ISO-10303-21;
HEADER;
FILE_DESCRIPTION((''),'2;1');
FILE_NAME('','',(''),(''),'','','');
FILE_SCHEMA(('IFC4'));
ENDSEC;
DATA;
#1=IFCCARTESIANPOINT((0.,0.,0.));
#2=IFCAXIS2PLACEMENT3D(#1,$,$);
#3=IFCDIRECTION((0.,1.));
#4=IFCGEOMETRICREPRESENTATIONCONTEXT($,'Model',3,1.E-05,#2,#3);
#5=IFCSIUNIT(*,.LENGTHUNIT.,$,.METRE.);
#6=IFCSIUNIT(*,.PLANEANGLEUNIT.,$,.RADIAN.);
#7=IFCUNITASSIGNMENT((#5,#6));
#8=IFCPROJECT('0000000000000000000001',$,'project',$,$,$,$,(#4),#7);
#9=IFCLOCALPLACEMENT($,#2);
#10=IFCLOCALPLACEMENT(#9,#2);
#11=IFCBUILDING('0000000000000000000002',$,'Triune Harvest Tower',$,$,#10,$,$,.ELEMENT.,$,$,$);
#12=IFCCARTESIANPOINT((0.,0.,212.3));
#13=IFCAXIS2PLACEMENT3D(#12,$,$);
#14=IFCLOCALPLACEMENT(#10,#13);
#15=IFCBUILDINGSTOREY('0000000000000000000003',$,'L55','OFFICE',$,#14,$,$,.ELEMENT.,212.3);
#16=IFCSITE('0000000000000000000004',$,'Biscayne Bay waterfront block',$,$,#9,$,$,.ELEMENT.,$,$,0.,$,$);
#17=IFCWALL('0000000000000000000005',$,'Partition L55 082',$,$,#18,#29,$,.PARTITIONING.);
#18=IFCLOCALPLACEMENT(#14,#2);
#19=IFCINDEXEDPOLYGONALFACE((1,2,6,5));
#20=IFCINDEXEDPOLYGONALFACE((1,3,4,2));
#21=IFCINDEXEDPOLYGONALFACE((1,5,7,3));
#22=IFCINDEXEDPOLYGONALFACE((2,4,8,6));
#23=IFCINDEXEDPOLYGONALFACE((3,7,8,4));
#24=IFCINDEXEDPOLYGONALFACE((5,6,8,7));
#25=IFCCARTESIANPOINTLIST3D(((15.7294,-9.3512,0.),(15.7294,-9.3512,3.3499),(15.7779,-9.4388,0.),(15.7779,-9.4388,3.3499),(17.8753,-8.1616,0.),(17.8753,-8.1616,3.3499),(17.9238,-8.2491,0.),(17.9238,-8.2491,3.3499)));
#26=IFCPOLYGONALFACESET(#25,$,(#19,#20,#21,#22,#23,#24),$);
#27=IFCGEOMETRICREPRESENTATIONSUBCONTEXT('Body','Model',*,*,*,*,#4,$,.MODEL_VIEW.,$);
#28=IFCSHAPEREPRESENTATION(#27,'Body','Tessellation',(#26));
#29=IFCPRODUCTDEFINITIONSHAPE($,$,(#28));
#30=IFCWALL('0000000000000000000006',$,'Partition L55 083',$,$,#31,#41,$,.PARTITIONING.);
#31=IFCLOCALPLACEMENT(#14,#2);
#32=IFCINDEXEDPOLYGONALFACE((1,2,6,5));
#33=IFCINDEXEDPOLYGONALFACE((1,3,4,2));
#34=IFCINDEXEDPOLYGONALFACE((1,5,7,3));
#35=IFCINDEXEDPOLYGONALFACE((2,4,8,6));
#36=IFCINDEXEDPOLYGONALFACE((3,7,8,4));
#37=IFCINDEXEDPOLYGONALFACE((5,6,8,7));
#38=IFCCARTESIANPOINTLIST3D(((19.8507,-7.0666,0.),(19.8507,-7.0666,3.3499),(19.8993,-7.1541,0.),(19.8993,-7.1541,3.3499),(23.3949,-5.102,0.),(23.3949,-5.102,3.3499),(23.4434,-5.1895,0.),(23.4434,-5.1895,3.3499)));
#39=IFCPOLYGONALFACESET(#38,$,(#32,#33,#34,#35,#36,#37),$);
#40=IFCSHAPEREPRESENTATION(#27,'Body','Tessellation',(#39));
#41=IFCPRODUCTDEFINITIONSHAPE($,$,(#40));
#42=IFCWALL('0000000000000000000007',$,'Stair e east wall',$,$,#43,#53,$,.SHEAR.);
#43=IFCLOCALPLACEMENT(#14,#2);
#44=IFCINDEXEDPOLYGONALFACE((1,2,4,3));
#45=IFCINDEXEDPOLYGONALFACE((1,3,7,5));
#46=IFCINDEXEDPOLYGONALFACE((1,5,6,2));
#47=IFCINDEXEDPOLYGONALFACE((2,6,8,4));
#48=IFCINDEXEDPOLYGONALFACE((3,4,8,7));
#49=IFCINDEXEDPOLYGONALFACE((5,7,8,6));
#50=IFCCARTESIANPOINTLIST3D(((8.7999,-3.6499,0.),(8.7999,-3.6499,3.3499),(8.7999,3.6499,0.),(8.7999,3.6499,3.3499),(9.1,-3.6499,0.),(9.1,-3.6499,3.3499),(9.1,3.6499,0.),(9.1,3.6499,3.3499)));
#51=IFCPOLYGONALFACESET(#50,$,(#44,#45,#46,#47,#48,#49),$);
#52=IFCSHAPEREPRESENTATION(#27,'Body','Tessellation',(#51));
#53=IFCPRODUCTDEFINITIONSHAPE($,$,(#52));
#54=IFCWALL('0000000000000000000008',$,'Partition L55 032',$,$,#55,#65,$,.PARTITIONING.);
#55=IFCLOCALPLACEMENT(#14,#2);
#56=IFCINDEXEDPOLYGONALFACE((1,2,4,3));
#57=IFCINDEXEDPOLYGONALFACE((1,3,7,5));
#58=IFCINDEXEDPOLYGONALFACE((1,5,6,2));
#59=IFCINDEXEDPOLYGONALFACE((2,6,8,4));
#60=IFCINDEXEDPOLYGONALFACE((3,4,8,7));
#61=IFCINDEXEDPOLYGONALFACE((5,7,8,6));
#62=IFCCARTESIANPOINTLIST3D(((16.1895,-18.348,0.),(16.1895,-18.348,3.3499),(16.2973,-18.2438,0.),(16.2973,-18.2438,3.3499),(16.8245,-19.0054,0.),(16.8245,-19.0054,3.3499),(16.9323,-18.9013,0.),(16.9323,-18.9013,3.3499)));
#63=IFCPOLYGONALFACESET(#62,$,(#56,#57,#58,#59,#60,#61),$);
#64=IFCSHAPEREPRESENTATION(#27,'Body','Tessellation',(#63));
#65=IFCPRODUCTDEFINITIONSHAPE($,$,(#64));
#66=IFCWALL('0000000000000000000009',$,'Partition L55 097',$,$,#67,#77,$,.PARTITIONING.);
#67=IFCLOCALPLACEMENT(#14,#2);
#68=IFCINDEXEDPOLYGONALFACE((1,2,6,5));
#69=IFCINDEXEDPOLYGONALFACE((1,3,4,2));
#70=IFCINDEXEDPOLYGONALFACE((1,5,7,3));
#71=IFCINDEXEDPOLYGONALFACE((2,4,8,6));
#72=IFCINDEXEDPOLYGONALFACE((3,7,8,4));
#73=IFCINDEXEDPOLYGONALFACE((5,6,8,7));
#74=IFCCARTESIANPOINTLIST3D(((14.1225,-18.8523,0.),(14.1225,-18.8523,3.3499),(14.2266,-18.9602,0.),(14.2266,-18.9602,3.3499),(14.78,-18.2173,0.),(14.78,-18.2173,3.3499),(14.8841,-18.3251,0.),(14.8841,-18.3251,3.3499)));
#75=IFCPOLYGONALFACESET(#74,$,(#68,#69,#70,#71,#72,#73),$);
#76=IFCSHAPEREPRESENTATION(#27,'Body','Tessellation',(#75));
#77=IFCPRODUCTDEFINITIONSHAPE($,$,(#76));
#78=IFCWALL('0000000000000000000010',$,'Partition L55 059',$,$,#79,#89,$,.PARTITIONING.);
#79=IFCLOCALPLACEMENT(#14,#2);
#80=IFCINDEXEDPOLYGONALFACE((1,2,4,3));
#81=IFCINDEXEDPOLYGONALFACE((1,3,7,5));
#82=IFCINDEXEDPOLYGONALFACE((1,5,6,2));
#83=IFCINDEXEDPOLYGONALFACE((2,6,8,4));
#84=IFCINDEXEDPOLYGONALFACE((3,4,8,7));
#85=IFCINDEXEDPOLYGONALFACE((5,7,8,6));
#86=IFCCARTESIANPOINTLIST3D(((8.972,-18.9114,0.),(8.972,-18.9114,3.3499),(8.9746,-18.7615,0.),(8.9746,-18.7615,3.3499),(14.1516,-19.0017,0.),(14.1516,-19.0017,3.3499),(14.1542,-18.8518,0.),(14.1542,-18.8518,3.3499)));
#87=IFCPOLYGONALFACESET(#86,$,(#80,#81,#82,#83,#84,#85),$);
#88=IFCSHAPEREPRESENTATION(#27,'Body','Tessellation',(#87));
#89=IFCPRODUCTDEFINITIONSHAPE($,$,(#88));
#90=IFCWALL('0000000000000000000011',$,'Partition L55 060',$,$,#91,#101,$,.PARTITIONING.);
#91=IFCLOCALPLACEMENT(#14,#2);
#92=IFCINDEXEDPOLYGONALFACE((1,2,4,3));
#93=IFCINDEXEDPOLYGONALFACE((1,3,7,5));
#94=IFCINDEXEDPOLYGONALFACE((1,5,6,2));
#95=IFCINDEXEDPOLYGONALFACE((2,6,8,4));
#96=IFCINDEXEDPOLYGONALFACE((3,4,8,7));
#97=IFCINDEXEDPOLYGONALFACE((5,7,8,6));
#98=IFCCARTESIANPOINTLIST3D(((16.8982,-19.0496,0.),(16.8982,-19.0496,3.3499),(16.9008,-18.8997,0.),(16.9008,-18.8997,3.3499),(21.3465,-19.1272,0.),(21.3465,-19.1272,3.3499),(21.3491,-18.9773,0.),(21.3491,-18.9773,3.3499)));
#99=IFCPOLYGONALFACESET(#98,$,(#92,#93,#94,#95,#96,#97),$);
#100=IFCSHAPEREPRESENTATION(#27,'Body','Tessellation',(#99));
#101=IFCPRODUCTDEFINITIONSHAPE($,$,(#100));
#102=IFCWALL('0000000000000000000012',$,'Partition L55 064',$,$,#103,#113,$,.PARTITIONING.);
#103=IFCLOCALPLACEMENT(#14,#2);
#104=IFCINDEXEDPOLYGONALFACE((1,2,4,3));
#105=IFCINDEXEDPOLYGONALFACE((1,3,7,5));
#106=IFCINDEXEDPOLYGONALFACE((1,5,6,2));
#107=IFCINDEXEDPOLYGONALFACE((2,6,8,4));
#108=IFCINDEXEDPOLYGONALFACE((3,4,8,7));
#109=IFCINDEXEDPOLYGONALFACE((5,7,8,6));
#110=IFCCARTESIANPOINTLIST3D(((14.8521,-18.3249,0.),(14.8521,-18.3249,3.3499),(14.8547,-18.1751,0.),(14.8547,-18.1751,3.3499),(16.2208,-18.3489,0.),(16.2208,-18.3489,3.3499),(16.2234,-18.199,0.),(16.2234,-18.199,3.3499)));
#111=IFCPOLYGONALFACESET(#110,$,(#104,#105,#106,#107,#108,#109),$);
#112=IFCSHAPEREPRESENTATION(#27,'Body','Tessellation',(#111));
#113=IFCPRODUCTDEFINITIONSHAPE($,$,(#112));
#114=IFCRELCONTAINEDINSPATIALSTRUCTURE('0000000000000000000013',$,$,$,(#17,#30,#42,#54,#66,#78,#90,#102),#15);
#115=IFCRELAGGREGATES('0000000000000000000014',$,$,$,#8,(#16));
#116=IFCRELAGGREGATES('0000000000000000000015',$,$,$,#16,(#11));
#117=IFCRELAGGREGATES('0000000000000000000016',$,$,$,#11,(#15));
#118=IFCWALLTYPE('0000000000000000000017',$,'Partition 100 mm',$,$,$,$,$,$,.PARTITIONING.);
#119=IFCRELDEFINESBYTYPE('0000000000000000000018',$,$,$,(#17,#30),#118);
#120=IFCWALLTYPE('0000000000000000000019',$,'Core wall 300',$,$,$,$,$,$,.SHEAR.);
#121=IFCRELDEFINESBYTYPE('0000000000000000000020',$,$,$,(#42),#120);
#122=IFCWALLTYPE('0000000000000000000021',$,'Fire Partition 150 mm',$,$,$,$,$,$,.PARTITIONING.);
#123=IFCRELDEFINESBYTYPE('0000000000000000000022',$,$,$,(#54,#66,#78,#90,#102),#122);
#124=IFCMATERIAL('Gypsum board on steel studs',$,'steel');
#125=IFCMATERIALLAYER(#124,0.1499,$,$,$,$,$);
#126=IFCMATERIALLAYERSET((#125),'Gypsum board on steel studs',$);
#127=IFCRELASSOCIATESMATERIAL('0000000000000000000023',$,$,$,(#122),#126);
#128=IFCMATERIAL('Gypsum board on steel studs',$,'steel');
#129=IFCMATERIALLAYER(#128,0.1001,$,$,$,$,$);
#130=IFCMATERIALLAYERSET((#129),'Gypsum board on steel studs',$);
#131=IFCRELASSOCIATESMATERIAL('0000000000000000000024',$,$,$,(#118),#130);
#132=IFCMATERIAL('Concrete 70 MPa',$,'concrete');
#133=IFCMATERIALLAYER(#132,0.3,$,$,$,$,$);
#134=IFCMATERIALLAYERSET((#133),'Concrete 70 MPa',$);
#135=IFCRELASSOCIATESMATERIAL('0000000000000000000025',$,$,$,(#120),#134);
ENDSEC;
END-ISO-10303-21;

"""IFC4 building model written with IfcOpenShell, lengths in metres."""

from ifc_helpers import new_model, si_unit, direction, frame, frame_2d, origin, place, context, subcontext, project, spatial, rectangle, extrude, source, transform, mapped, material, layer, layer_set, type_object, element, save


model = new_model("IFC4")

# Units and contexts
model_context = context("Model", 3, precision=1e-05, world=origin(), true_north=direction((0.0, 1.0)))
body_context = subcontext(model_context, "Body", "Model", "MODEL_VIEW")
ifc_project = project(units=[si_unit("LENGTHUNIT", "METRE"), si_unit("PLANEANGLEUNIT", "RADIAN")], contexts=[model_context])

# Site, building, storey
site_placement = place(None, origin())
site = spatial("IfcSite", under=ifc_project, at=site_placement, Name="Biscayne Bay waterfront block", CompositionType="ELEMENT", RefElevation=0.0)
building_placement = place(site_placement, origin())
building = spatial("IfcBuilding", under=site, at=building_placement, Name="Triune Harvest Tower", CompositionType="ELEMENT")
storey_placement = place(building_placement, frame((0.0, 0.0, 212.3)))
storey = spatial("IfcBuildingStorey", under=building, at=storey_placement, Name="L55", Description="OFFICE", CompositionType="ELEMENT", Elevation=212.3)

# Shared definitions
ifc_material_1 = material(Name="Gypsum board on steel studs", Category="steel")
ifc_layer_1 = layer(ifc_material_1, 0.1499)
ifc_layer_set_1 = layer_set([ifc_layer_1], Name="Gypsum board on steel studs")
wall_type_1 = type_object("IfcWallType", Name="Fire Partition 150 mm", PredefinedType="PARTITIONING", material=ifc_layer_set_1)

# Walls
ifc_material_2 = material(Name="Gypsum board on steel studs", Category="steel")
ifc_layer_2 = layer(ifc_material_2, 0.1001)
ifc_layer_set_2 = layer_set([ifc_layer_2], Name="Gypsum board on steel studs")
wall_type_2 = type_object("IfcWallType", Name="Partition 100 mm", PredefinedType="PARTITIONING", material=ifc_layer_set_2)
wall_1_placement = place(storey_placement, frame((15.7537, -9.395, 0.0), z_axis=(0.0, 0.0, 1.0), x_axis=(0.874593, 0.484857, 0.0)))
element("IfcWall", 1, at=wall_1_placement, inside=storey, type_object=wall_type_2, Name="Partition L55 082", PredefinedType="PARTITIONING", context=body_context, shape_type="SweptSolid", body=[
    extrude(rectangle(XDim=2.4536, YDim=0.1001, at=frame_2d((1.2268, 0.0))), origin(), (0.0, 0.0, 1.0), 3.3499),
])
wall_2_placement = place(storey_placement, frame((19.875, -7.1104, 0.0), z_axis=(0.0, 0.0, 1.0), x_axis=(0.874617, 0.484814, 0.0)))
element("IfcWall", 2, at=wall_2_placement, inside=storey, type_object=wall_type_2, Name="Partition L55 083", PredefinedType="PARTITIONING", context=body_context, shape_type="SweptSolid", body=[
    extrude(rectangle(XDim=4.0522, YDim=0.1001, at=frame_2d((2.0261, 0.0))), origin(), (0.0, 0.0, 1.0), 3.3499),
])
ifc_material_3 = material(Name="Concrete 70 MPa", Category="concrete")
ifc_layer_3 = layer(ifc_material_3, 0.3)
ifc_layer_set_3 = layer_set([ifc_layer_3], Name="Concrete 70 MPa")
wall_type_3 = type_object("IfcWallType", Name="Core wall 300", PredefinedType="SHEAR", material=ifc_layer_set_3)
shared_shape_1 = source(origin(), body_context, "Body", "SweptSolid", [
    extrude(rectangle(XDim=7.2998, YDim=0.3, at=frame_2d((3.6499, 0.0))), origin(), (0.0, 0.0, 1.0), 3.3499),
])
wall_3_placement = place(storey_placement, frame((8.95, -3.6499, 0.0), z_axis=(0.0, 0.0, 1.0), x_axis=(0.0, 1.0, 0.0)))
element("IfcWall", 3, at=wall_3_placement, inside=storey, type_object=wall_type_3, Name="Stair e east wall", PredefinedType="SHEAR", context=body_context, shape_type="MappedRepresentation", body=[
    mapped(shared_shape_1, transform((0.0, 0.0, 0.0), scale=1.0)),
])
shared_shape_2 = source(origin(), body_context, "Body", "SweptSolid", [
    extrude(rectangle(XDim=0.9141, YDim=0.1499, at=frame_2d((0.457, 0.0))), origin(), (0.0, 0.0, 1.0), 3.3499),
])
for number, where, z_axis, x_axis, name in (
    (4, (16.2434, -18.2959, 0.0), (0.0, 0.0, 1.0), (0.694714, -0.719286, 0.0), "Partition L55 032"),
    (5, (14.1746, -18.9062, 0.0), (0.0, 0.0, 1.0), (0.719286, 0.694714, 0.0), "Partition L55 097"),
):
    element("IfcWall", number, at=place(storey_placement, frame(where, z_axis=z_axis, x_axis=x_axis)), inside=storey, type_object=wall_type_1, Name=name, PredefinedType="PARTITIONING", context=body_context, shape_type="MappedRepresentation", body=[
        mapped(shared_shape_2, transform((0.0, 0.0, 0.0), scale=1.0)),
    ])
shared_shape_3 = source(origin(), body_context, "Body", "SweptSolid", [
    extrude(rectangle(XDim=5.1804, YDim=0.1499, at=frame_2d((2.5903, 0.0))), origin(), (0.0, 0.0, 1.0), 3.3499),
])
wall_4_placement = place(storey_placement, frame((8.9731, -18.8364, 0.0), z_axis=(0.0, 0.0, 1.0), x_axis=(0.999848, -0.017437, 0.0)))
element("IfcWall", 6, at=wall_4_placement, inside=storey, type_object=wall_type_1, Name="Partition L55 059", PredefinedType="PARTITIONING", context=body_context, shape_type="MappedRepresentation", body=[
    mapped(shared_shape_3, transform((0.0, 0.0, 0.0), scale=1.0)),
])
shared_shape_4 = source(origin(), body_context, "Body", "SweptSolid", [
    extrude(rectangle(XDim=4.449, YDim=0.1499, at=frame_2d((2.2246, 0.0))), origin(), (0.0, 0.0, 1.0), 3.3499),
])
wall_5_placement = place(storey_placement, frame((16.8994, -18.9746, 0.0), z_axis=(0.0, 0.0, 1.0), x_axis=(0.999848, -0.017451, 0.0)))
element("IfcWall", 7, at=wall_5_placement, inside=storey, type_object=wall_type_1, Name="Partition L55 060", PredefinedType="PARTITIONING", context=body_context, shape_type="MappedRepresentation", body=[
    mapped(shared_shape_4, transform((0.0, 0.0, 0.0), scale=1.0)),
])
shared_shape_5 = source(origin(), body_context, "Body", "SweptSolid", [
    extrude(rectangle(XDim=1.3689, YDim=0.1499, at=frame_2d((0.6846, 0.0))), origin(), (0.0, 0.0, 1.0), 3.3499),
])
wall_6_placement = place(storey_placement, frame((14.8533, -18.25, 0.0), z_axis=(0.0, 0.0, 1.0), x_axis=(0.999847, -0.017479, 0.0)))
element("IfcWall", 8, at=wall_6_placement, inside=storey, type_object=wall_type_1, Name="Partition L55 064", PredefinedType="PARTITIONING", context=body_context, shape_type="MappedRepresentation", body=[
    mapped(shared_shape_5, transform((0.0, 0.0, 0.0), scale=1.0)),
])

save(model, "model.ifc")
